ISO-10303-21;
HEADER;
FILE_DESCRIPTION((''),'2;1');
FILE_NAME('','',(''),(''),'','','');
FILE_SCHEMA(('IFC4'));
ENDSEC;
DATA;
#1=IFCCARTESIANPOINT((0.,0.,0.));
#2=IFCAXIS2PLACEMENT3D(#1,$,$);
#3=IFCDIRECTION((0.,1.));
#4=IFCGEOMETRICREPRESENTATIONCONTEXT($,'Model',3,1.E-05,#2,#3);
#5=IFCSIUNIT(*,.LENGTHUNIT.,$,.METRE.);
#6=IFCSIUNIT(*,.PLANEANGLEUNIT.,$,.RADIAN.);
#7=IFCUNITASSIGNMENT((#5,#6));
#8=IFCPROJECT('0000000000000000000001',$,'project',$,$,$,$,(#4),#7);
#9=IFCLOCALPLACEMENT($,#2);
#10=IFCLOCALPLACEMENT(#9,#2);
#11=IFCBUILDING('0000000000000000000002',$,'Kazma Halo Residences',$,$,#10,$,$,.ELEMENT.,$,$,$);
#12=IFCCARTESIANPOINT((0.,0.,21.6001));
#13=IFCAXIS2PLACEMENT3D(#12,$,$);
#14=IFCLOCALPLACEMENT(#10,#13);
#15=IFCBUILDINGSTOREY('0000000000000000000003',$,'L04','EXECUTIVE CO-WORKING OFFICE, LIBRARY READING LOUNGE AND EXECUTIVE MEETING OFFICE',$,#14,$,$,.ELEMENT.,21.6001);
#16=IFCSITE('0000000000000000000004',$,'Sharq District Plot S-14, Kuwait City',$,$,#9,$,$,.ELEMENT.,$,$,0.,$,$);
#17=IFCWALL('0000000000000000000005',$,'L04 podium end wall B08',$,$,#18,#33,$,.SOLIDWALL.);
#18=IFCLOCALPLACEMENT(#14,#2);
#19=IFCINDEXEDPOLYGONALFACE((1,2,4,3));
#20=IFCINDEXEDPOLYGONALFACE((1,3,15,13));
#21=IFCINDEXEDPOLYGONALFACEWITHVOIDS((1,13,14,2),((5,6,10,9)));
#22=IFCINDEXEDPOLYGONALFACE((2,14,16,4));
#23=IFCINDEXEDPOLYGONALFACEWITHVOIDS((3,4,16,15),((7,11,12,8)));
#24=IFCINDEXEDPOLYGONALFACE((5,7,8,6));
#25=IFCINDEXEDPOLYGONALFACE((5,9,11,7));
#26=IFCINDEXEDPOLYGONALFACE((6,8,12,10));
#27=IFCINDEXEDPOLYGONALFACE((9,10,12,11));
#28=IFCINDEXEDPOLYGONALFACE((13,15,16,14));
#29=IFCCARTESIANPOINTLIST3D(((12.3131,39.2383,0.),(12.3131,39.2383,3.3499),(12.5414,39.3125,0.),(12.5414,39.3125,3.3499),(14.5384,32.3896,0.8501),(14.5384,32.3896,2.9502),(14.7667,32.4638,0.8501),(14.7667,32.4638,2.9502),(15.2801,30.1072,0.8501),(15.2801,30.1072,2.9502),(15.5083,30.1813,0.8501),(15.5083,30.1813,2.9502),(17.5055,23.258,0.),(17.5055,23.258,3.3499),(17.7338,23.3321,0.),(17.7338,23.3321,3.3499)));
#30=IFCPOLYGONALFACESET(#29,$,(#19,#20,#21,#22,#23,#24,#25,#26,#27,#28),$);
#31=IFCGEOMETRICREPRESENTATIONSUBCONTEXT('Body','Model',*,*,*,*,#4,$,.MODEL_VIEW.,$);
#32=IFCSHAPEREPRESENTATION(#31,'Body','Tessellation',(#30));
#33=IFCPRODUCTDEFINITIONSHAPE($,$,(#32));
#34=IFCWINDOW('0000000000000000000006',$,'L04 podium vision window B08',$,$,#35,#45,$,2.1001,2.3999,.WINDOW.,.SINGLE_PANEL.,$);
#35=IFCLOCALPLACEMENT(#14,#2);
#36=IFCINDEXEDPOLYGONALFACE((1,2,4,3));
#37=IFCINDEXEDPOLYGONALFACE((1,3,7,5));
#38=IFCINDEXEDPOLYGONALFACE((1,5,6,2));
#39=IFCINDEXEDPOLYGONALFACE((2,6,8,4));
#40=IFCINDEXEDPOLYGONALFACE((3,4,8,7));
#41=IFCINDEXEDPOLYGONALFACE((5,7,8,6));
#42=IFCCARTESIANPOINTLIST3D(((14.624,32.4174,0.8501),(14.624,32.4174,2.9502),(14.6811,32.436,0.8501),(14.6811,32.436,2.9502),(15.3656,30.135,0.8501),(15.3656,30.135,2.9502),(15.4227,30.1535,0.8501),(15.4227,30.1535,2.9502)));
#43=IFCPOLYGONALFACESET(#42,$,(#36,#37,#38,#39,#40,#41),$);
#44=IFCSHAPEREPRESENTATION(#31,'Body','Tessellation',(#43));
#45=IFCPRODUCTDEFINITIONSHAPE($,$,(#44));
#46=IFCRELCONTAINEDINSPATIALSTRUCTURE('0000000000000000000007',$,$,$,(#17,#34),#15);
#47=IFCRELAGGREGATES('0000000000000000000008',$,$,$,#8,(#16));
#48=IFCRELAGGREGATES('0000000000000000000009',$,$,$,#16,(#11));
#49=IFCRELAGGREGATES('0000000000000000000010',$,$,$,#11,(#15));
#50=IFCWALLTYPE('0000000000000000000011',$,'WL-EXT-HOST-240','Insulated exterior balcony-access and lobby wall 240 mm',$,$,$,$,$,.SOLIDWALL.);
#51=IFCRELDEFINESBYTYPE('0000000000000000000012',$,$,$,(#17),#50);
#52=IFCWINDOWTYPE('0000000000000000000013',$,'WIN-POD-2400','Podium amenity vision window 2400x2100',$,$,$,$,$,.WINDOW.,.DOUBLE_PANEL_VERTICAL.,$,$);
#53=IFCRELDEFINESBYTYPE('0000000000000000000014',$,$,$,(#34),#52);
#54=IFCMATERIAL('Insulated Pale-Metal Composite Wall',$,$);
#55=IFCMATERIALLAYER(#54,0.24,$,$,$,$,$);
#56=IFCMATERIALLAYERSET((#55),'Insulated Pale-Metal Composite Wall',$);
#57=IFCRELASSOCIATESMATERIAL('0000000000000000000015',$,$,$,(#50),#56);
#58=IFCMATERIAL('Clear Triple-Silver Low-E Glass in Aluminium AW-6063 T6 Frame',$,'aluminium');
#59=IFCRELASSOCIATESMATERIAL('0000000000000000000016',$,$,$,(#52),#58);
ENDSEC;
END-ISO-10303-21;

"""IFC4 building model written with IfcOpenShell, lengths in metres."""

from ifc_helpers import new_model, si_unit, direction, frame, frame_2d, origin, place, context, subcontext, project, spatial, rectangle, extrude, material, layer, layer_set, type_object, element, fill, save


model = new_model("IFC4")

# Units and contexts
model_context = context("Model", 3, precision=1e-05, world=origin(), true_north=direction((0.0, 1.0)))
body_context = subcontext(model_context, "Body", "Model", "MODEL_VIEW")
ifc_project = project(units=[si_unit("LENGTHUNIT", "METRE"), si_unit("PLANEANGLEUNIT", "RADIAN")], contexts=[model_context])

# Site, building, storey
site_placement = place(None, origin())
site = spatial("IfcSite", under=ifc_project, at=site_placement, Name="Sharq District Plot S-14, Kuwait City", CompositionType="ELEMENT", RefElevation=0.0)
building_placement = place(site_placement, origin())
building = spatial("IfcBuilding", under=site, at=building_placement, Name="Kazma Halo Residences", CompositionType="ELEMENT")
storey_placement = place(building_placement, frame((0.0, 0.0, 21.6001)))
storey = spatial("IfcBuildingStorey", under=building, at=storey_placement, Name="L04", Description="EXECUTIVE CO-WORKING OFFICE, LIBRARY READING LOUNGE AND EXECUTIVE MEETING OFFICE", CompositionType="ELEMENT", Elevation=21.6001)

# Wall, opening, window
ifc_material_1 = material(Name="Insulated Pale-Metal Composite Wall")
ifc_layer_1 = layer(ifc_material_1, 0.24)
ifc_layer_set_1 = layer_set([ifc_layer_1], Name="Insulated Pale-Metal Composite Wall")
wall_type_1 = type_object("IfcWallType", Name="WL-EXT-HOST-240", Description="Insulated exterior balcony-access and lobby wall 240 mm", PredefinedType="SOLIDWALL", material=ifc_layer_set_1)
wall_1_placement = place(storey_placement, frame((12.4272, 39.2754, 0.0), z_axis=(0.0, 0.0, 1.0), x_axis=(0.309022, -0.951055, 0.0)))
wall_1 = element("IfcWall", 1, at=wall_1_placement, inside=storey, type_object=wall_type_1, Name="L04 podium end wall B08", PredefinedType="SOLIDWALL", context=body_context, shape_type="SweptSolid", body=[
    extrude(rectangle(XDim=16.8027, YDim=0.24, at=frame_2d((8.4014, 0.0))), origin(), (0.0, 0.0, 1.0), 3.3499),
])
opening_placement = place(wall_1_placement, frame((7.2012, 0.0, 0.8501)))
opening = element("IfcOpeningElement", 2, at=opening_placement, cuts=wall_1, PredefinedType="OPENING", context=body_context, shape_type="SweptSolid", body=[
    extrude(rectangle(XDim=2.3999, YDim=2.1001, at=frame_2d((1.2, 1.05))), frame((0.0, 0.1299, 0.0), z_axis=(0.0, -1.0, 0.0), x_axis=(1.0, 0.0, 0.0)), (0.0, 0.0, 1.0), 0.26),
])
ifc_material_2 = material(Name="Clear Triple-Silver Low-E Glass in Aluminium AW-6063 T6 Frame", Category="aluminium")
window_type = type_object("IfcWindowType", Name="WIN-POD-2400", Description="Podium amenity vision window 2400x2100", PartitioningType="DOUBLE_PANEL_VERTICAL", PredefinedType="WINDOW", material=ifc_material_2)
window_placement = place(opening_placement, origin())
window = element("IfcWindow", 3, at=window_placement, inside=storey, type_object=window_type, Name="L04 podium vision window B08", OverallHeight=2.1001, OverallWidth=2.3999, PartitioningType="SINGLE_PANEL", PredefinedType="WINDOW", context=body_context, shape_type="SweptSolid", body=[
    extrude(rectangle(XDim=2.3999, YDim=2.1001, at=frame_2d((1.2, 1.05))), frame((0.0, 0.03, 0.0), z_axis=(0.0, -1.0, 0.0), x_axis=(1.0, 0.0, 0.0)), (0.0, 0.0, 1.0), 0.0601),
])
fill(opening, window)

save(model, "model.ifc")
